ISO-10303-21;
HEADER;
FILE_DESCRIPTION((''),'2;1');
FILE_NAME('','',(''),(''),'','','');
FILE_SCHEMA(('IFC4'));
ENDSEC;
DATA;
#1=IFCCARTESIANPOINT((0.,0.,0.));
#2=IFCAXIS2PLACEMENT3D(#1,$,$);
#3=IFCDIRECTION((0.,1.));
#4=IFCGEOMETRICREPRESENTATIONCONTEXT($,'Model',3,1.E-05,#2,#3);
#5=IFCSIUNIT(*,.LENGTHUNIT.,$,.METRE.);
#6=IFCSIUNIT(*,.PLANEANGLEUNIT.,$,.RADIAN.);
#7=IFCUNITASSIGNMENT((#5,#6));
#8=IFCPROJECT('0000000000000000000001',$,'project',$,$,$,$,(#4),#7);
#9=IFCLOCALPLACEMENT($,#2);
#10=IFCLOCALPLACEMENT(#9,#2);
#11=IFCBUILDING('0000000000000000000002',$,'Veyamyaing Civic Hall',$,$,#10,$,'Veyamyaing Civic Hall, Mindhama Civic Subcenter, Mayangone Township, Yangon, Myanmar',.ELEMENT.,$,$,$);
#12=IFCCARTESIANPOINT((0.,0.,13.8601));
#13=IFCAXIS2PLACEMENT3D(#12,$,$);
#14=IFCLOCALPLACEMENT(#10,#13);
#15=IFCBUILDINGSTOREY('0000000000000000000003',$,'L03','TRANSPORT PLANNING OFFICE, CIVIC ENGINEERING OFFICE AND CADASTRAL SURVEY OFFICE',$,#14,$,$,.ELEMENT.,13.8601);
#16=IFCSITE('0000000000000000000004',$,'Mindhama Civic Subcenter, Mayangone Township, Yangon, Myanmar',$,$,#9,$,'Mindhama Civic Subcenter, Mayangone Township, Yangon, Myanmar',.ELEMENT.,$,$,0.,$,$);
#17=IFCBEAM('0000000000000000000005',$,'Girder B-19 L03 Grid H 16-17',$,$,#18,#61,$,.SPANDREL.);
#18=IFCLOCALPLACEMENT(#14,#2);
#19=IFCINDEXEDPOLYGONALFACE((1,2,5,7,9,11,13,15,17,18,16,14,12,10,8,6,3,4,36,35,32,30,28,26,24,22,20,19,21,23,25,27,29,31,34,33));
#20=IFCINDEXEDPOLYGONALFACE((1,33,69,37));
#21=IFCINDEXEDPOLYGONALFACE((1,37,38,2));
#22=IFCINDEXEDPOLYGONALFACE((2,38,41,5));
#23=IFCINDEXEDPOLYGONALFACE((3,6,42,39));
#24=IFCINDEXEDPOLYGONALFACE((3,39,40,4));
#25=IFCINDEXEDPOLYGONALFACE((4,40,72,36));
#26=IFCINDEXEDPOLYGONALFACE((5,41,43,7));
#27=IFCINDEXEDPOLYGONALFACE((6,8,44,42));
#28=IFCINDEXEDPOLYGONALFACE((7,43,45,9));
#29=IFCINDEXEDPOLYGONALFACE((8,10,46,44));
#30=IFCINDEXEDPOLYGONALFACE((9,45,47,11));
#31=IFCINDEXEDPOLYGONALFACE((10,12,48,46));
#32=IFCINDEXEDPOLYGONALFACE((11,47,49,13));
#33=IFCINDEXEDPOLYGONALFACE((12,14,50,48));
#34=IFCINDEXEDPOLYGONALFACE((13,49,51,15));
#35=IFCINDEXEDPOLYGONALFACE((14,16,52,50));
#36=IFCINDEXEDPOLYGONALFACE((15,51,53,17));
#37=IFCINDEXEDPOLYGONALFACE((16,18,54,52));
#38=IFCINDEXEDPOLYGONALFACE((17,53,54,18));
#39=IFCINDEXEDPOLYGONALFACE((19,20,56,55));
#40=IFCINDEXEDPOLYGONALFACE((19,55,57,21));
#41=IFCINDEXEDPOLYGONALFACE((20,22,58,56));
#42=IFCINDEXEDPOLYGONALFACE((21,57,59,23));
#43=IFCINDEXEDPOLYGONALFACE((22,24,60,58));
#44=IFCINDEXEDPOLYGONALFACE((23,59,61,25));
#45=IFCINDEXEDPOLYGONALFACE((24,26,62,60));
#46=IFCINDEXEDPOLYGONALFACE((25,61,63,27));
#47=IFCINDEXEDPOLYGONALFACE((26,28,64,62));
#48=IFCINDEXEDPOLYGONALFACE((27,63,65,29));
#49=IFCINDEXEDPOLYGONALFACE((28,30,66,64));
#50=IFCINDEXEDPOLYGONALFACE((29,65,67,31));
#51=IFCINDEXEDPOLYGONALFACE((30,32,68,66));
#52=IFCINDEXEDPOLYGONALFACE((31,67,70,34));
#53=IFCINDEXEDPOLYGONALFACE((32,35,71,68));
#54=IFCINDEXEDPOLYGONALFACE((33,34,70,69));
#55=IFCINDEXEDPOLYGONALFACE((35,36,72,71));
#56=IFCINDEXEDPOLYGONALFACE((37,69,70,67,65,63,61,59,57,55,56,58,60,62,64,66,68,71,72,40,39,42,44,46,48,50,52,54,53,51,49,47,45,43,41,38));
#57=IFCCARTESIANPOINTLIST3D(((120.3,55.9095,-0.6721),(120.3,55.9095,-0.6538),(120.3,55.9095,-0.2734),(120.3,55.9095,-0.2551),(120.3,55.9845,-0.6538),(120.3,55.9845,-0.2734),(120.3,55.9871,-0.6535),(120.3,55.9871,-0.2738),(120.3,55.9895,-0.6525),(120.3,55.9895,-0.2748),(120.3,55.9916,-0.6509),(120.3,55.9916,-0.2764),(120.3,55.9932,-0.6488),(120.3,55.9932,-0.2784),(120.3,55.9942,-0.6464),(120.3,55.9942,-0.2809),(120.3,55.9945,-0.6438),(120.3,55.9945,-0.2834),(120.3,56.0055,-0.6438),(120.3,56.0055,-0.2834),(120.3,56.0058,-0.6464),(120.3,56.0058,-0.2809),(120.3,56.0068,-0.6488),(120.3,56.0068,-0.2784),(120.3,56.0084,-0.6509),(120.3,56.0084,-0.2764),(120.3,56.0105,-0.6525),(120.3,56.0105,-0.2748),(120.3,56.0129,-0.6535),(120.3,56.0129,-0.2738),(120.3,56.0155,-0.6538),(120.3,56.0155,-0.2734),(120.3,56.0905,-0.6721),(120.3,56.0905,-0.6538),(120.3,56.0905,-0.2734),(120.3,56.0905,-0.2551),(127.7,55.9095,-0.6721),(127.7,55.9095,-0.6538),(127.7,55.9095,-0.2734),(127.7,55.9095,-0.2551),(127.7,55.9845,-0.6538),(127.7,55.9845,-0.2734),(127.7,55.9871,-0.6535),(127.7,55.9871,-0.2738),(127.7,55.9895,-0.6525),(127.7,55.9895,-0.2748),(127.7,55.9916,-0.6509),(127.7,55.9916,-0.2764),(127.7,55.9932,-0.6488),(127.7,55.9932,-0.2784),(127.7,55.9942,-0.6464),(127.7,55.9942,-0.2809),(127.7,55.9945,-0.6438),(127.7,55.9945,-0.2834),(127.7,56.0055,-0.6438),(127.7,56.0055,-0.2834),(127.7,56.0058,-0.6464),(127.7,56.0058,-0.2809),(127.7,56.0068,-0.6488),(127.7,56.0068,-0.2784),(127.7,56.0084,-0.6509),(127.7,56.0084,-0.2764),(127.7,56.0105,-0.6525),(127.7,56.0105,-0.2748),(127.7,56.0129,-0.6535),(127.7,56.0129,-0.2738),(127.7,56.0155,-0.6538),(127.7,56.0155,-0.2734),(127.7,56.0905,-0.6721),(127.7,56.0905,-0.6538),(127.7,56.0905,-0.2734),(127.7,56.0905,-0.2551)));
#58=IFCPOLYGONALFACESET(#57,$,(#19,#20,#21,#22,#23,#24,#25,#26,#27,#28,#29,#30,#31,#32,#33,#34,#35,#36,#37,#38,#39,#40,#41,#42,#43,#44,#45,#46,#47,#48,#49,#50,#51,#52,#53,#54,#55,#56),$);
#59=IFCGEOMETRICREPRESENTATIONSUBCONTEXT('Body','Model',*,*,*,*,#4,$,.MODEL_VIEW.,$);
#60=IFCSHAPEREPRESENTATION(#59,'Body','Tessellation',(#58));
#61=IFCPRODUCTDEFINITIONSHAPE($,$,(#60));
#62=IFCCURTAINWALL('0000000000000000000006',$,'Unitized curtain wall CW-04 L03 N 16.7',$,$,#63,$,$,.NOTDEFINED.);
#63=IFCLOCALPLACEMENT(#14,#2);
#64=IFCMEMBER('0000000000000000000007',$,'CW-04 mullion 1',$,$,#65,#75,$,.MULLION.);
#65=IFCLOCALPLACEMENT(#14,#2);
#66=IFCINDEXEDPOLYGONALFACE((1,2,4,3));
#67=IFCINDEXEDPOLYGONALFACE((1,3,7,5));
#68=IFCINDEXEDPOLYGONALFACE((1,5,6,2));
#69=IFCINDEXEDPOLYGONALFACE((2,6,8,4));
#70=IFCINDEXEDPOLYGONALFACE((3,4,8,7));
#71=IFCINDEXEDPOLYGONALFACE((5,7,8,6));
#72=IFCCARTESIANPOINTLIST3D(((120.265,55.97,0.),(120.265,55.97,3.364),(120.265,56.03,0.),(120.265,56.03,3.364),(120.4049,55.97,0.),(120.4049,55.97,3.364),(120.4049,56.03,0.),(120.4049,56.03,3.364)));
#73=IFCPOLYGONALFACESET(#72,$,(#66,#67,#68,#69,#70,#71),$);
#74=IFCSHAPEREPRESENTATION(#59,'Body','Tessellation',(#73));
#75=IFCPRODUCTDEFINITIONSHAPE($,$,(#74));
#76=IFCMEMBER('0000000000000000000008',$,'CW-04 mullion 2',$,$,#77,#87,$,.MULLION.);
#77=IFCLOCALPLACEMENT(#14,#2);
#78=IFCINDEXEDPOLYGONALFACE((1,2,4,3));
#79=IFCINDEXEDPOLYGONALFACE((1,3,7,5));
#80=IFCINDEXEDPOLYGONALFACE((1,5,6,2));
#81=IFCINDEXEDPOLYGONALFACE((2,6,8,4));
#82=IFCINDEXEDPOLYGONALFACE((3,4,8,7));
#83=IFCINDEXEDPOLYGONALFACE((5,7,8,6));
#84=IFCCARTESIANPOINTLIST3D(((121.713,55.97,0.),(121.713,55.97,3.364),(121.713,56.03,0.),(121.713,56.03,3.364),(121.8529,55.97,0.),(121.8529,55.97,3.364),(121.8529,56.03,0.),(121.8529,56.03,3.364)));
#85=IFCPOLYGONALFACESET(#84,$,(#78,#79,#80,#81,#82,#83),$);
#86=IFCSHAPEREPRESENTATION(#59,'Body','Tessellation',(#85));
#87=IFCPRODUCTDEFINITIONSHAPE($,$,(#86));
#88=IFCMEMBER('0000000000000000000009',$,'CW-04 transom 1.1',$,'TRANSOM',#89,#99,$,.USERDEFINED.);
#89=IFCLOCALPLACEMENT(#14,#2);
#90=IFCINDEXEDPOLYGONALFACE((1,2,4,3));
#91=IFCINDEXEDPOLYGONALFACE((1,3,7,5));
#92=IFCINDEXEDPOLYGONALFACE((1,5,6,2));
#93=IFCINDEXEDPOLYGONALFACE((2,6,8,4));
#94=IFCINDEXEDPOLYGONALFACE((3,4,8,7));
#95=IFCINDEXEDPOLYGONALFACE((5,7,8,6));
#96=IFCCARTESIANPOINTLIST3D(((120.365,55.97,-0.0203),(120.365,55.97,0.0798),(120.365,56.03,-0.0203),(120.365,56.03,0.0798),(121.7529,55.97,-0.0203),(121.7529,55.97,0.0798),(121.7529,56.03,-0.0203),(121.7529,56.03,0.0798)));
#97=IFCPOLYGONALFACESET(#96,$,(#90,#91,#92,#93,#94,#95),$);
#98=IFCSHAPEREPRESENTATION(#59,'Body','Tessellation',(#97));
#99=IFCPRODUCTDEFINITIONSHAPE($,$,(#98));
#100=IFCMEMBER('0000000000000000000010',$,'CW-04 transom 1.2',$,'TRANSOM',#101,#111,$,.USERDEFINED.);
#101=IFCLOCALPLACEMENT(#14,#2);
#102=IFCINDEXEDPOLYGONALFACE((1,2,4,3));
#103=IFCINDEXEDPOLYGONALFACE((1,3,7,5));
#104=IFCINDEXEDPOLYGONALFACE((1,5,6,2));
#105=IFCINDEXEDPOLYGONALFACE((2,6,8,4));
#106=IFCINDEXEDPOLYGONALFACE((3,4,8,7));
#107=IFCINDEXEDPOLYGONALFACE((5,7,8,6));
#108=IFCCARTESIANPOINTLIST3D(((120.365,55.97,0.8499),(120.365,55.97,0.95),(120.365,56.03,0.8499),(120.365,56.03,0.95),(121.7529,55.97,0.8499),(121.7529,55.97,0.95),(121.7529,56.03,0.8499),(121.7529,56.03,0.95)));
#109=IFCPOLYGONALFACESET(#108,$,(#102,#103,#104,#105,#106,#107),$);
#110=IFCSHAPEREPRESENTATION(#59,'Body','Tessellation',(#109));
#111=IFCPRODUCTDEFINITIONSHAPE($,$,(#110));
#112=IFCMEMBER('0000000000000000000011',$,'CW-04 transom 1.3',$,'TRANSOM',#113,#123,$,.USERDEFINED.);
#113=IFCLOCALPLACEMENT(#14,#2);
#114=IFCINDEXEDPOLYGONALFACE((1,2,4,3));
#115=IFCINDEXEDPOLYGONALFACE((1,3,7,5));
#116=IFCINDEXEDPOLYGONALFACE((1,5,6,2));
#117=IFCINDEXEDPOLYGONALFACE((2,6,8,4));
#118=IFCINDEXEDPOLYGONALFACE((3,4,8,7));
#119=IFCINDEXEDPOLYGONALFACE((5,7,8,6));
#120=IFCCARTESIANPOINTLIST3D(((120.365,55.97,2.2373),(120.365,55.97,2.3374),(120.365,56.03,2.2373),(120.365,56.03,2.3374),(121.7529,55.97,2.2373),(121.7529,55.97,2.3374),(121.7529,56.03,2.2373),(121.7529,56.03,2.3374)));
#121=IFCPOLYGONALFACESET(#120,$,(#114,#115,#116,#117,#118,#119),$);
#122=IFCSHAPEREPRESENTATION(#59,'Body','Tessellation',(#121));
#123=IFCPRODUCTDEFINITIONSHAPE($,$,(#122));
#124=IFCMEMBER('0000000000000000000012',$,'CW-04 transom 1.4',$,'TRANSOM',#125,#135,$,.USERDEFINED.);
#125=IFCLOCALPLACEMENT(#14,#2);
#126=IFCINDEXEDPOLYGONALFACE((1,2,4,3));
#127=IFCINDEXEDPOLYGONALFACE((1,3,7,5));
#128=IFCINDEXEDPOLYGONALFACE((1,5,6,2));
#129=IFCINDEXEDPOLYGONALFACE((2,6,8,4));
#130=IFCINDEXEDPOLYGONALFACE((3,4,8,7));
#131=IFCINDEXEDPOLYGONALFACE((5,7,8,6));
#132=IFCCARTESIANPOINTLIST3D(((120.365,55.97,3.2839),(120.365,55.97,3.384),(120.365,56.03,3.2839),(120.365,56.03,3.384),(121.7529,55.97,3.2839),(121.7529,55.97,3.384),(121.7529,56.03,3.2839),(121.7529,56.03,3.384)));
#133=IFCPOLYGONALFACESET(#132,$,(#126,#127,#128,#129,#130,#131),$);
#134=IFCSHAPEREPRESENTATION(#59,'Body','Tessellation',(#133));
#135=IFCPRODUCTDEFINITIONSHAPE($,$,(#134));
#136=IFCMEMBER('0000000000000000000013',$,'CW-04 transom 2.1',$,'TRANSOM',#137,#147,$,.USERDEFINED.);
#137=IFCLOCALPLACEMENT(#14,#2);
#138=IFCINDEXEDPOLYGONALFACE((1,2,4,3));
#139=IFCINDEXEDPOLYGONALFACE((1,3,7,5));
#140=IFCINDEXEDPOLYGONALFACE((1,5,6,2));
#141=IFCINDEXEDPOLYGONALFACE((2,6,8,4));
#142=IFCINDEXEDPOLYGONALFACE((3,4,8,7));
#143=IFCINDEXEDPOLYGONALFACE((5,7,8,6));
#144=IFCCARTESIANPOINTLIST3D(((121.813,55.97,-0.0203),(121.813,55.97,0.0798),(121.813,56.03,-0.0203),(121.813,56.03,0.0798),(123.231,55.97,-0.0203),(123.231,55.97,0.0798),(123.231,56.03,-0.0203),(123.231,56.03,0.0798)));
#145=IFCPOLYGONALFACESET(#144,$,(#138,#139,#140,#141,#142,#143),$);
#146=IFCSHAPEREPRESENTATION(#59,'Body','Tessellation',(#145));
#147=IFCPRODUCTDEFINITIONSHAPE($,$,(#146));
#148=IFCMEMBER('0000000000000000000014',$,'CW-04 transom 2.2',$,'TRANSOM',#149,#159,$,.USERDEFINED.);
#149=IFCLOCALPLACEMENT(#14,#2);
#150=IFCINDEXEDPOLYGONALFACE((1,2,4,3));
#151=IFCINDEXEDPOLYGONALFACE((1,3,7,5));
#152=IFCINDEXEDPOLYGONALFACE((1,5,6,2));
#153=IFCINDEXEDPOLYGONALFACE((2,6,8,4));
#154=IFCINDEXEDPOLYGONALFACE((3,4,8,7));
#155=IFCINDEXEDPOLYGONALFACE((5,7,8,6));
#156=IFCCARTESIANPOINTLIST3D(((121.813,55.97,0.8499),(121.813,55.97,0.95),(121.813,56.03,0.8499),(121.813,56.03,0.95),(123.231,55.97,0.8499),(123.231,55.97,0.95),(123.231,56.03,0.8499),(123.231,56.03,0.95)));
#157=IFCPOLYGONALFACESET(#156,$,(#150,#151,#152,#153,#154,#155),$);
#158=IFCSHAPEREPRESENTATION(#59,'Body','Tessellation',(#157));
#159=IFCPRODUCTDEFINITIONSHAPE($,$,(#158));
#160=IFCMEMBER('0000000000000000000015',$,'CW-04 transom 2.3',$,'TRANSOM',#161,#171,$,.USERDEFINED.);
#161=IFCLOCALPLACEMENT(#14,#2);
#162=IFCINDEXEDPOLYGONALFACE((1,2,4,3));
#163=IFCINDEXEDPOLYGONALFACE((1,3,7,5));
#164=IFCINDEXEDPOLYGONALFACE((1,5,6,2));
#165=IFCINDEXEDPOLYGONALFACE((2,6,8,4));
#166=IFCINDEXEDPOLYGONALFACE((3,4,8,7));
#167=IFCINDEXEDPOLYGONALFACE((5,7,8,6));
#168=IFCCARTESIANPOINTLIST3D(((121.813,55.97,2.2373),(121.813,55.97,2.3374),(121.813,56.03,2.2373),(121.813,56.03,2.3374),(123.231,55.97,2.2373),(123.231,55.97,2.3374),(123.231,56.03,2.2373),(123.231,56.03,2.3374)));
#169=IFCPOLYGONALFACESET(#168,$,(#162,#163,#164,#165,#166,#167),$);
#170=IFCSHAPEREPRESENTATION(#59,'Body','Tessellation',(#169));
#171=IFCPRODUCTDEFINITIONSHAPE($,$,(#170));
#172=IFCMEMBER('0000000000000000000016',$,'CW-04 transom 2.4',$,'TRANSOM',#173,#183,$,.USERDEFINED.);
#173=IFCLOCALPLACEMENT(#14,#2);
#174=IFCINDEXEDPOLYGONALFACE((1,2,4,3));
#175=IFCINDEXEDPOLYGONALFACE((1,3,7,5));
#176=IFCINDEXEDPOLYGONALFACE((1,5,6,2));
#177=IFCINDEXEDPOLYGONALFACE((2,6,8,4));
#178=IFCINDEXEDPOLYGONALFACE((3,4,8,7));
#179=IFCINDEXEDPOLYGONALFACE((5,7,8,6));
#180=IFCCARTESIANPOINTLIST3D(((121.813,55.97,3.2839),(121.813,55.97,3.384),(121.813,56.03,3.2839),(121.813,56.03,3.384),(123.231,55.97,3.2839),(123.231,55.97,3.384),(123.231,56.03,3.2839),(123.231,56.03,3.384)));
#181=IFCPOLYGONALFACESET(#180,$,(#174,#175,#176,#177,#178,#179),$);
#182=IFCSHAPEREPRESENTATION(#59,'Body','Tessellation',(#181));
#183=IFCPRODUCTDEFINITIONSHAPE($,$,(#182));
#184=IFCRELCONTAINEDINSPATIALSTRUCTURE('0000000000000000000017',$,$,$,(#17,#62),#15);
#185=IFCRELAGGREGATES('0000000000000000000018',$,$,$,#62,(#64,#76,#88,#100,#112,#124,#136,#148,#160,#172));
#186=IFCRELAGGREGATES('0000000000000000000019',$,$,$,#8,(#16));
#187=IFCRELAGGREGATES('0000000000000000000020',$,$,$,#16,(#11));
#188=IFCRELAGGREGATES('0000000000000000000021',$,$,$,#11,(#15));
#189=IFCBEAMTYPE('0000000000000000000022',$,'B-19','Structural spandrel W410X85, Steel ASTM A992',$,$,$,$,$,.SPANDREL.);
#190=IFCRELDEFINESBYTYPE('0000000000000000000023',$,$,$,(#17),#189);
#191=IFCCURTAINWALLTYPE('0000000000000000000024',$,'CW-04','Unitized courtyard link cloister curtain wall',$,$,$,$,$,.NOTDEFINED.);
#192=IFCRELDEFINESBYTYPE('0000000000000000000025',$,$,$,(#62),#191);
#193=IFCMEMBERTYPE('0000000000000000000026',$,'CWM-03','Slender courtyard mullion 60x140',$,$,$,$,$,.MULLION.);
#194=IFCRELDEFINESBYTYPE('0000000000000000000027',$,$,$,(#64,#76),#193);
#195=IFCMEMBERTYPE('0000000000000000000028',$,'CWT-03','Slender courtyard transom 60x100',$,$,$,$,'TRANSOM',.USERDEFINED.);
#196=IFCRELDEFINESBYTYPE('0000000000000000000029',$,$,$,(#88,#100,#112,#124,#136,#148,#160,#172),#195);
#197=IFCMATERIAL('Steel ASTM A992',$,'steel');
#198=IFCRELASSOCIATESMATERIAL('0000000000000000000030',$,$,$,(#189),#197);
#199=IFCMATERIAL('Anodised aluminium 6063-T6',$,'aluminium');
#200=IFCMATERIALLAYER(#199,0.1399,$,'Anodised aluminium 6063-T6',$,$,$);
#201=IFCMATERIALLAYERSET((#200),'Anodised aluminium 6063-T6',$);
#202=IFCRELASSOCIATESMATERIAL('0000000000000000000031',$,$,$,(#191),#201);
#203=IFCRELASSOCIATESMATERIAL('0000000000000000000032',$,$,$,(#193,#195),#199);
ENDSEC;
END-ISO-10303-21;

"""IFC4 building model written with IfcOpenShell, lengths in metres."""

from ifc_helpers import new_model, si_unit, direction, frame, origin, origin_2d, place, context, subcontext, project, spatial, rectangle, i_section, extrude, material, layer, layer_set, material_profile, profile_set, type_object, element, aggregate, save


model = new_model("IFC4")

# Units and contexts
model_context = context("Model", 3, precision=1e-05, world=origin(), true_north=direction((0.0, 1.0)))
body_context = subcontext(model_context, "Body", "Model", "MODEL_VIEW")
ifc_project = project(units=[si_unit("LENGTHUNIT", "METRE"), si_unit("PLANEANGLEUNIT", "RADIAN")], contexts=[model_context])

# Site, building, storey
site_placement = place(None, origin())
site = spatial("IfcSite", under=ifc_project, at=site_placement, Name="Mindhama Civic Subcenter, Mayangone Township, Yangon, Myanmar", LongName="Mindhama Civic Subcenter, Mayangone Township, Yangon, Myanmar", CompositionType="ELEMENT", RefElevation=0.0)
building_placement = place(site_placement, origin())
building = spatial("IfcBuilding", under=site, at=building_placement, Name="Veyamyaing Civic Hall", LongName="Veyamyaing Civic Hall, Mindhama Civic Subcenter, Mayangone Township, Yangon, Myanmar", CompositionType="ELEMENT")
storey_placement = place(building_placement, frame((0.0, 0.0, 13.8601)))
storey = spatial("IfcBuildingStorey", under=building, at=storey_placement, Name="L03", Description="TRANSPORT PLANNING OFFICE, CIVIC ENGINEERING OFFICE AND CADASTRAL SURVEY OFFICE", CompositionType="ELEMENT", Elevation=13.8601)

# Beam
ifc_material_1 = material(Name="Steel ASTM A992", Category="steel")
ifc_material_profile_1 = material_profile(ifc_material_1, i_section(OverallWidth=0.1809, OverallDepth=0.417, WebThickness=0.011, FlangeThickness=0.0183, FilletRadius=0.01, at=origin_2d()), Name="W410X85")
ifc_profile_set_1 = profile_set([ifc_material_profile_1], Name="Steel ASTM A992")
beam_type = type_object("IfcBeamType", Name="B-19", Description="Structural spandrel W410X85, Steel ASTM A992", PredefinedType="SPANDREL", material=ifc_profile_set_1)
beam_placement = place(storey_placement, frame((120.3, 56.0, -0.4636), z_axis=(1.0, 0.0, 0.0), x_axis=(0.0, 1.0, 0.0)))
element("IfcBeam", 1, at=beam_placement, inside=storey, type_object=beam_type, Name="Girder B-19 L03 Grid H 16-17", PredefinedType="SPANDREL", context=body_context, shape_type="SweptSolid", body=[
    extrude(i_section(OverallWidth=0.1809, OverallDepth=0.417, WebThickness=0.011, FlangeThickness=0.0183, FilletRadius=0.01, at=origin_2d()), origin(), (0.0, 0.0, 1.0), 7.3999),
])

# Curtain wall, members
ifc_material_2 = material(Name="Anodised aluminium 6063-T6", Category="aluminium")
ifc_layer_1 = layer(ifc_material_2, 0.1399, Name="Anodised aluminium 6063-T6")
ifc_layer_set_1 = layer_set([ifc_layer_1], Name="Anodised aluminium 6063-T6")
curtain_wall_type = type_object("IfcCurtainWallType", Name="CW-04", Description="Unitized courtyard link cloister curtain wall", PredefinedType="NOTDEFINED", material=ifc_layer_set_1)
curtain_wall_placement = place(storey_placement, origin())
curtain_wall = element("IfcCurtainWall", 2, at=curtain_wall_placement, inside=storey, type_object=curtain_wall_type, Name="Unitized curtain wall CW-04 L03 N 16.7", PredefinedType="NOTDEFINED")
ifc_material_profile_2 = material_profile(ifc_material_2, rectangle(XDim=0.0601, YDim=0.1399, at=origin_2d()), Name="ALU-MUL-60X140")
ifc_profile_set_2 = profile_set([ifc_material_profile_2], Name="Anodised aluminium 6063-T6")
member_type_1 = type_object("IfcMemberType", Name="CWM-03", Description="Slender courtyard mullion 60x140", PredefinedType="MULLION", material=ifc_profile_set_2)
member_1_placement = place(storey_placement, frame((120.335, 56.0, 0.0), z_axis=(0.0, 0.0, 1.0), x_axis=(0.0, 1.0, 0.0)))
member_1 = element("IfcMember", 3, at=member_1_placement, type_object=member_type_1, Name="CW-04 mullion 1", PredefinedType="MULLION", context=body_context, shape_type="SweptSolid", body=[
    extrude(rectangle(XDim=0.0601, YDim=0.1399, at=origin_2d()), origin(), (0.0, 0.0, 1.0), 3.364),
])
member_2_placement = place(storey_placement, frame((121.783, 56.0, 0.0), z_axis=(0.0, 0.0, 1.0), x_axis=(0.0, 1.0, 0.0)))
member_2 = element("IfcMember", 4, at=member_2_placement, type_object=member_type_1, Name="CW-04 mullion 2", PredefinedType="MULLION", context=body_context, shape_type="SweptSolid", body=[
    extrude(rectangle(XDim=0.0601, YDim=0.1399, at=origin_2d()), origin(), (0.0, 0.0, 1.0), 3.364),
])
ifc_material_profile_3 = material_profile(ifc_material_2, rectangle(XDim=0.0601, YDim=0.1001, at=origin_2d()), Name="ALU-TRN-60X100")
ifc_profile_set_3 = profile_set([ifc_material_profile_3], Name="Anodised aluminium 6063-T6")
member_type_2 = type_object("IfcMemberType", Name="CWT-03", Description="Slender courtyard transom 60x100", ElementType="TRANSOM", PredefinedType="USERDEFINED", material=ifc_profile_set_3)
member_3_placement = place(storey_placement, frame((120.365, 56.0, 0.0298), z_axis=(1.0, 0.0, 0.0), x_axis=(0.0, 1.0, 0.0)))
member_3 = element("IfcMember", 5, at=member_3_placement, type_object=member_type_2, Name="CW-04 transom 1.1", ObjectType="TRANSOM", PredefinedType="USERDEFINED", context=body_context, shape_type="SweptSolid", body=[
    extrude(rectangle(XDim=0.0601, YDim=0.1001, at=origin_2d()), origin(), (0.0, 0.0, 1.0), 1.3879),
])
member_4_placement = place(storey_placement, frame((120.365, 56.0, 0.8999), z_axis=(1.0, 0.0, 0.0), x_axis=(0.0, 1.0, 0.0)))
member_4 = element("IfcMember", 6, at=member_4_placement, type_object=member_type_2, Name="CW-04 transom 1.2", ObjectType="TRANSOM", PredefinedType="USERDEFINED", context=body_context, shape_type="SweptSolid", body=[
    extrude(rectangle(XDim=0.0601, YDim=0.1001, at=origin_2d()), origin(), (0.0, 0.0, 1.0), 1.3879),
])
member_5_placement = place(storey_placement, frame((120.365, 56.0, 2.2874), z_axis=(1.0, 0.0, 0.0), x_axis=(0.0, 1.0, 0.0)))
member_5 = element("IfcMember", 7, at=member_5_placement, type_object=member_type_2, Name="CW-04 transom 1.3", ObjectType="TRANSOM", PredefinedType="USERDEFINED", context=body_context, shape_type="SweptSolid", body=[
    extrude(rectangle(XDim=0.0601, YDim=0.1001, at=origin_2d()), origin(), (0.0, 0.0, 1.0), 1.3879),
])
member_6_placement = place(storey_placement, frame((120.365, 56.0, 3.334), z_axis=(1.0, 0.0, 0.0), x_axis=(0.0, 1.0, 0.0)))
member_6 = element("IfcMember", 8, at=member_6_placement, type_object=member_type_2, Name="CW-04 transom 1.4", ObjectType="TRANSOM", PredefinedType="USERDEFINED", context=body_context, shape_type="SweptSolid", body=[
    extrude(rectangle(XDim=0.0601, YDim=0.1001, at=origin_2d()), origin(), (0.0, 0.0, 1.0), 1.3879),
])
member_7_placement = place(storey_placement, frame((121.813, 56.0, 0.0298), z_axis=(1.0, 0.0, 0.0), x_axis=(0.0, 1.0, 0.0)))
member_7 = element("IfcMember", 9, at=member_7_placement, type_object=member_type_2, Name="CW-04 transom 2.1", ObjectType="TRANSOM", PredefinedType="USERDEFINED", context=body_context, shape_type="SweptSolid", body=[
    extrude(rectangle(XDim=0.0601, YDim=0.1001, at=origin_2d()), origin(), (0.0, 0.0, 1.0), 1.418),
])
member_8_placement = place(storey_placement, frame((121.813, 56.0, 0.8999), z_axis=(1.0, 0.0, 0.0), x_axis=(0.0, 1.0, 0.0)))
member_8 = element("IfcMember", 10, at=member_8_placement, type_object=member_type_2, Name="CW-04 transom 2.2", ObjectType="TRANSOM", PredefinedType="USERDEFINED", context=body_context, shape_type="SweptSolid", body=[
    extrude(rectangle(XDim=0.0601, YDim=0.1001, at=origin_2d()), origin(), (0.0, 0.0, 1.0), 1.418),
])
member_9_placement = place(storey_placement, frame((121.813, 56.0, 2.2874), z_axis=(1.0, 0.0, 0.0), x_axis=(0.0, 1.0, 0.0)))
member_9 = element("IfcMember", 11, at=member_9_placement, type_object=member_type_2, Name="CW-04 transom 2.3", ObjectType="TRANSOM", PredefinedType="USERDEFINED", context=body_context, shape_type="SweptSolid", body=[
    extrude(rectangle(XDim=0.0601, YDim=0.1001, at=origin_2d()), origin(), (0.0, 0.0, 1.0), 1.418),
])
member_10_placement = place(storey_placement, frame((121.813, 56.0, 3.334), z_axis=(1.0, 0.0, 0.0), x_axis=(0.0, 1.0, 0.0)))
member_10 = element("IfcMember", 12, at=member_10_placement, type_object=member_type_2, Name="CW-04 transom 2.4", ObjectType="TRANSOM", PredefinedType="USERDEFINED", context=body_context, shape_type="SweptSolid", body=[
    extrude(rectangle(XDim=0.0601, YDim=0.1001, at=origin_2d()), origin(), (0.0, 0.0, 1.0), 1.418),
])
aggregate(curtain_wall, [member_1, member_2, member_3, member_4, member_5, member_6, member_7, member_8, member_9, member_10])

save(model, "model.ifc")
